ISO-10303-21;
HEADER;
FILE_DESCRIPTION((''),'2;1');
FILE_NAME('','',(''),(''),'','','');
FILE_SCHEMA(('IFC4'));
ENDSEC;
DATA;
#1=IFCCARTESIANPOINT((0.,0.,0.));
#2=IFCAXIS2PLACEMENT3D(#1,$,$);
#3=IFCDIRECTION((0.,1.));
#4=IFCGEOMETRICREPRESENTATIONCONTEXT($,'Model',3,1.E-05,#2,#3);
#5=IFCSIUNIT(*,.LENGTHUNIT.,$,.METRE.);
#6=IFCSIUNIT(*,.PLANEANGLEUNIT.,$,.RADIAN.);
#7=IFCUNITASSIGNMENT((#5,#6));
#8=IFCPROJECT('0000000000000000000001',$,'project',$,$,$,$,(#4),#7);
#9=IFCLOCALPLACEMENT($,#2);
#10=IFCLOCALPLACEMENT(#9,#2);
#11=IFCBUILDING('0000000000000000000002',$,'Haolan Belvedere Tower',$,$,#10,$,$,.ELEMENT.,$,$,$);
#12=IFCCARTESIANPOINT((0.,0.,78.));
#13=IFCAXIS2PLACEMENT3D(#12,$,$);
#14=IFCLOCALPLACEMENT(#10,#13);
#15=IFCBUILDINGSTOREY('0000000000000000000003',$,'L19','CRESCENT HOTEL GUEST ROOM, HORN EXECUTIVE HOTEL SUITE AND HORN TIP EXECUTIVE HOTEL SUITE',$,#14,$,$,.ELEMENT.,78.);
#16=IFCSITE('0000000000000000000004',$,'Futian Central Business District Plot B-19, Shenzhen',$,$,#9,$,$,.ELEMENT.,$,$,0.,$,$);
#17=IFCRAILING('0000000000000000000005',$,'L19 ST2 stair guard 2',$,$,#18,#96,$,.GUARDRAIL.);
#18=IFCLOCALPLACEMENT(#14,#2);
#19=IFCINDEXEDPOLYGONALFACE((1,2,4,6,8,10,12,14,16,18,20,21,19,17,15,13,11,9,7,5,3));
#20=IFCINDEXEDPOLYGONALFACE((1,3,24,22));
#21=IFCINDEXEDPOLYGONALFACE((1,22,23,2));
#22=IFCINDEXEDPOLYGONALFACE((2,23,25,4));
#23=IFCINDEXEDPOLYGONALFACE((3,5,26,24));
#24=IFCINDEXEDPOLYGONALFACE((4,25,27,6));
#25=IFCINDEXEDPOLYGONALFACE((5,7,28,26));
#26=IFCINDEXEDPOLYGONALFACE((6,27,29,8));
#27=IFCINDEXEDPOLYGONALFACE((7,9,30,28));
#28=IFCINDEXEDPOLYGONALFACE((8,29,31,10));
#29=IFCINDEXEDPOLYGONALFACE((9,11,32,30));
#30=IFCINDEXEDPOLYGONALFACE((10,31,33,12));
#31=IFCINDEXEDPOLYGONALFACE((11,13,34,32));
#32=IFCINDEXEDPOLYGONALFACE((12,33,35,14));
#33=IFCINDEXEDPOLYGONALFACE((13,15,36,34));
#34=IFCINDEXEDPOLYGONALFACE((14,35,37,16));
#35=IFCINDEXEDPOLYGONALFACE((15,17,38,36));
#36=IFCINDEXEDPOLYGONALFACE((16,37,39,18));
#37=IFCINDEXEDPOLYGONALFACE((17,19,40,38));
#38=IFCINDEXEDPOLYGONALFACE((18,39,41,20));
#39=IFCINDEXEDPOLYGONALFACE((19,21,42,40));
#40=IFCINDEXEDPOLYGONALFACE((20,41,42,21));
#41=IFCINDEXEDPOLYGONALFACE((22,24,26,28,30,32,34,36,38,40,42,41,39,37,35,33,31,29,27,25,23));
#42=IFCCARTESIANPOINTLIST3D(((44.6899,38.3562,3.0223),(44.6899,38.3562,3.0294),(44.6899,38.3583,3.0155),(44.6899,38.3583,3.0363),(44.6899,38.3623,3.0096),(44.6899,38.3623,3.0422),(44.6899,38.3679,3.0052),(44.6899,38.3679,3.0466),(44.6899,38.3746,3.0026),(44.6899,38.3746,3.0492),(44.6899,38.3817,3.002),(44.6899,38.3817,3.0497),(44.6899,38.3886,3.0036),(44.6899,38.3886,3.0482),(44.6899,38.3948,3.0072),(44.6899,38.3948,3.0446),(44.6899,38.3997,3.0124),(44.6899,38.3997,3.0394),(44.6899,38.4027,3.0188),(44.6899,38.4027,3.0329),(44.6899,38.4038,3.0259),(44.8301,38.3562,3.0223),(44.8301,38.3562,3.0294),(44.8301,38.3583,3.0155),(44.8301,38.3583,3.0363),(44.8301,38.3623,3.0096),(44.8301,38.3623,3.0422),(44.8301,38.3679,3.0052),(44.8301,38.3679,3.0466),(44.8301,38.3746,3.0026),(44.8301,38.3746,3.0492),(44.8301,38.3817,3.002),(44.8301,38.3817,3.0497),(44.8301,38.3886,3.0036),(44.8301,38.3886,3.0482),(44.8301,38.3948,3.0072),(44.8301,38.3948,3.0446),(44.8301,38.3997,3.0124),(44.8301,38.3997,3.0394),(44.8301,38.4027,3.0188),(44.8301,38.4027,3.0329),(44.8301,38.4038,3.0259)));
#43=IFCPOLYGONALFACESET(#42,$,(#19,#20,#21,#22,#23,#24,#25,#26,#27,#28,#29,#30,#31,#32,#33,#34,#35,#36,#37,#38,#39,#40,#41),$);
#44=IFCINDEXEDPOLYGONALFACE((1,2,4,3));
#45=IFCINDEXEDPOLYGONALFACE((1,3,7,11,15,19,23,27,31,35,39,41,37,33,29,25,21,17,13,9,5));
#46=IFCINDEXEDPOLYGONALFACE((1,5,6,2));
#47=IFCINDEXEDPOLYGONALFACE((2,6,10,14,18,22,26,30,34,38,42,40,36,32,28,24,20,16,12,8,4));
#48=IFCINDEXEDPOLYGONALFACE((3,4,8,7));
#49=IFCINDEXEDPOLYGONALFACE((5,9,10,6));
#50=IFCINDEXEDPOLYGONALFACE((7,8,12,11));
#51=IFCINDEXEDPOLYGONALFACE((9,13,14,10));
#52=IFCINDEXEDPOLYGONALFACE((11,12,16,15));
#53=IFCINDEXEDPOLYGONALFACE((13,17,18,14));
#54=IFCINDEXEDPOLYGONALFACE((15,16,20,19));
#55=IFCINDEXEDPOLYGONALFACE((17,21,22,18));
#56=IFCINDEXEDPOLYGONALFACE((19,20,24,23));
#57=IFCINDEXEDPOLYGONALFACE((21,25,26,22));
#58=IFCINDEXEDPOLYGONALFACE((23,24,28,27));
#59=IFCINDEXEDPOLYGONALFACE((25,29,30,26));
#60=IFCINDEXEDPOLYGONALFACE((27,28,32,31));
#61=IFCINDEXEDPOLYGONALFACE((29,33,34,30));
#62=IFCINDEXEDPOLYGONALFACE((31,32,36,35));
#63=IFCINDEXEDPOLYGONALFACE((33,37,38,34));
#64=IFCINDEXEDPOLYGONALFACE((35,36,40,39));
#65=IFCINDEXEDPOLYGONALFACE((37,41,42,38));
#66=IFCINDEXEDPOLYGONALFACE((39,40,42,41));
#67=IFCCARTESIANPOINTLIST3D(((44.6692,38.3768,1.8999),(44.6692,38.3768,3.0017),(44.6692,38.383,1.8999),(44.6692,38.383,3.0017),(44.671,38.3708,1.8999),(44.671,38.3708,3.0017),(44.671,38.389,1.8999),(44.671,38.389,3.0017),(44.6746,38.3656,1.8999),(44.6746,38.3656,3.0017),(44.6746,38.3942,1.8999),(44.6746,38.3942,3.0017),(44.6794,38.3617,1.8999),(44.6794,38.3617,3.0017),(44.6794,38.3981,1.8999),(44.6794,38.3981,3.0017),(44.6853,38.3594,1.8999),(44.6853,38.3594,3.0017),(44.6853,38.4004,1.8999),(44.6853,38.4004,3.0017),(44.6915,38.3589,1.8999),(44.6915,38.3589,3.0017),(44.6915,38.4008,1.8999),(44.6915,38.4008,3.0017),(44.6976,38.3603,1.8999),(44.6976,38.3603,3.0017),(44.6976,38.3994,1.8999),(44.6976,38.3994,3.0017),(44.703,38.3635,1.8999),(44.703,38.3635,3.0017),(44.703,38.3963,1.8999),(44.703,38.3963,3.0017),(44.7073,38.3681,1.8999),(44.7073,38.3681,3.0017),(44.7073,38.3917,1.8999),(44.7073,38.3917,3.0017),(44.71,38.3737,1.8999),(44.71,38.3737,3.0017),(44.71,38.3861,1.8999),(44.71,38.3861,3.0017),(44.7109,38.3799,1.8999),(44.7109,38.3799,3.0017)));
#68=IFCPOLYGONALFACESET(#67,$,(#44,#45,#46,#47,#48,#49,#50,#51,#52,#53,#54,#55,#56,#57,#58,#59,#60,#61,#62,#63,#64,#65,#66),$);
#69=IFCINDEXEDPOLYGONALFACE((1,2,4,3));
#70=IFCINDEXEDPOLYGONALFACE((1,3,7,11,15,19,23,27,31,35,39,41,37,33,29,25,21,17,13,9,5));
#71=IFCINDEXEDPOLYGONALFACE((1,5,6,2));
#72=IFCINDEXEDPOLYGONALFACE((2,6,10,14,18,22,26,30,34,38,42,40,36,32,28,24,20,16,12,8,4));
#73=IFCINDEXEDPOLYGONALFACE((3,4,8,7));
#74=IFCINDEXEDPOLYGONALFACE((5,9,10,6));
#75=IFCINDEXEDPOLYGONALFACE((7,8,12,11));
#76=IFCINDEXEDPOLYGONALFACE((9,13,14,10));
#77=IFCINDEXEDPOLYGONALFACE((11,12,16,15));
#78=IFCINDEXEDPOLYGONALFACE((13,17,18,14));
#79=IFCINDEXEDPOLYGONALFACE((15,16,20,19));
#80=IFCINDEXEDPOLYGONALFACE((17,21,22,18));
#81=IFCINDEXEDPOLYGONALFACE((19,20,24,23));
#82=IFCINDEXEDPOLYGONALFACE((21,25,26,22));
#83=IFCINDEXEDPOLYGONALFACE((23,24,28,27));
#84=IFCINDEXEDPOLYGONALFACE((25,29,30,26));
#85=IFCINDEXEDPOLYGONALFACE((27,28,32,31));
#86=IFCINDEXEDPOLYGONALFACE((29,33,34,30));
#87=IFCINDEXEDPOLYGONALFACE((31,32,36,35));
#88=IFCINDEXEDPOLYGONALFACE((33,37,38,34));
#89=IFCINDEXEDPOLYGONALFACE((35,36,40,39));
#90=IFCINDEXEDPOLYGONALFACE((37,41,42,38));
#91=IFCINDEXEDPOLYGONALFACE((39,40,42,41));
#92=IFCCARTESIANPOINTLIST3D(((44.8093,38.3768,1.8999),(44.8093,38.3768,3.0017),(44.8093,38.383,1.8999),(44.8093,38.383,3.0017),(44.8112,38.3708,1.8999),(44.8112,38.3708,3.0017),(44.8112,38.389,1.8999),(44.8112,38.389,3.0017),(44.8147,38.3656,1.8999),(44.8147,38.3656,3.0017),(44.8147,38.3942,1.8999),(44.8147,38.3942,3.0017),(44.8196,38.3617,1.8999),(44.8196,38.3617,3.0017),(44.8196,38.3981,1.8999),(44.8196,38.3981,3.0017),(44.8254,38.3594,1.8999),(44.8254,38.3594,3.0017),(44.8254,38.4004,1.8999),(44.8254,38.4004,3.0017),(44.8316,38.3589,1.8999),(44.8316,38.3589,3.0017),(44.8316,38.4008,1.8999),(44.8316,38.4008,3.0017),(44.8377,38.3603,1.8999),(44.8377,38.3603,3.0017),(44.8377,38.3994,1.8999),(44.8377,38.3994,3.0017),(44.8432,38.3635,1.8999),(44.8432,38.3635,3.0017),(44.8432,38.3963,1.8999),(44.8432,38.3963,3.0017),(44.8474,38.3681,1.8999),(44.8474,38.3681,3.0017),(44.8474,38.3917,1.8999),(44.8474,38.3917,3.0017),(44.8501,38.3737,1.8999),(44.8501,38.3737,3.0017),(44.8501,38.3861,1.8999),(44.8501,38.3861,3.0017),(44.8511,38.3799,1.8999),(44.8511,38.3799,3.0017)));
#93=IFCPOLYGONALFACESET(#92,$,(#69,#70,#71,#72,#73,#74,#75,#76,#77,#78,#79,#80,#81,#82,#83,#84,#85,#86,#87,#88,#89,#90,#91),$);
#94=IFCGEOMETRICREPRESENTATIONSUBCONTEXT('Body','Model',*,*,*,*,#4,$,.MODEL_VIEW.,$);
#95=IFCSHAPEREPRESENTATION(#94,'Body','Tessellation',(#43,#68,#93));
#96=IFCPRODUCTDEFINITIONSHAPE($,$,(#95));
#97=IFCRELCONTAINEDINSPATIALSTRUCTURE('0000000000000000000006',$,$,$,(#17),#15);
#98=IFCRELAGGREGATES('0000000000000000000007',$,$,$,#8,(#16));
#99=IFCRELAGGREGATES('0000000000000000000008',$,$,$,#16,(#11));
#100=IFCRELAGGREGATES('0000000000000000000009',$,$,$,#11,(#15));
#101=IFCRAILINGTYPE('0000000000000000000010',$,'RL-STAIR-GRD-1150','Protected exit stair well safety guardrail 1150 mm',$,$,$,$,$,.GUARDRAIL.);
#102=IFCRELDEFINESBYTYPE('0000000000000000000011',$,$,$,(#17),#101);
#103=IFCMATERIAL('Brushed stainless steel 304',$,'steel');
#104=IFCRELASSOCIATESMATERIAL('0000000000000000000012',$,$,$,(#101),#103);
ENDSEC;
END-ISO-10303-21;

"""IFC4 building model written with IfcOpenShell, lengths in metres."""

from ifc_helpers import new_model, si_unit, direction, frame, origin, origin_2d, place, context, subcontext, project, spatial, circle, extrude, material, type_object, element, save


model = new_model("IFC4")

# Units and contexts
model_context = context("Model", 3, precision=1e-05, world=origin(), true_north=direction((0.0, 1.0)))
body_context = subcontext(model_context, "Body", "Model", "MODEL_VIEW")
ifc_project = project(units=[si_unit("LENGTHUNIT", "METRE"), si_unit("PLANEANGLEUNIT", "RADIAN")], contexts=[model_context])

# Site, building, storey
site_placement = place(None, origin())
site = spatial("IfcSite", under=ifc_project, at=site_placement, Name="Futian Central Business District Plot B-19, Shenzhen", CompositionType="ELEMENT", RefElevation=0.0)
building_placement = place(site_placement, origin())
building = spatial("IfcBuilding", under=site, at=building_placement, Name="Haolan Belvedere Tower", CompositionType="ELEMENT")
storey_placement = place(building_placement, frame((0.0, 0.0, 78.0)))
storey = spatial("IfcBuildingStorey", under=building, at=storey_placement, Name="L19", Description="CRESCENT HOTEL GUEST ROOM, HORN EXECUTIVE HOTEL SUITE AND HORN TIP EXECUTIVE HOTEL SUITE", CompositionType="ELEMENT", Elevation=78.0)

# Railing
ifc_material_1 = material(Name="Brushed stainless steel 304", Category="steel")
railing_type_1 = type_object("IfcRailingType", Name="RL-STAIR-GRD-1150", Description="Protected exit stair well safety guardrail 1150 mm", PredefinedType="GUARDRAIL", material=ifc_material_1)
railing_1_placement = place(storey_placement, frame((44.6899, 38.3799, 1.8999)))
element("IfcRailing", 1, at=railing_1_placement, inside=storey, type_object=railing_type_1, Name="L19 ST2 stair guard 2", PredefinedType="GUARDRAIL", context=body_context, shape_type="SweptSolid", body=[
    extrude(circle(Radius=0.0239, at=origin_2d()), frame((0.0, 0.0, 1.126), z_axis=(1.0, 0.0, 0.0), x_axis=(0.0, 1.0, 0.0)), (0.0, 0.0, 1.0), 0.1401),
    extrude(circle(Radius=0.021, at=origin_2d()), origin(), (0.0, 0.0, 1.0), 1.1018),
    extrude(circle(Radius=0.021, at=origin_2d()), frame((0.1401, 0.0, 0.0)), (0.0, 0.0, 1.0), 1.1018),
])

save(model, "model.ifc")
